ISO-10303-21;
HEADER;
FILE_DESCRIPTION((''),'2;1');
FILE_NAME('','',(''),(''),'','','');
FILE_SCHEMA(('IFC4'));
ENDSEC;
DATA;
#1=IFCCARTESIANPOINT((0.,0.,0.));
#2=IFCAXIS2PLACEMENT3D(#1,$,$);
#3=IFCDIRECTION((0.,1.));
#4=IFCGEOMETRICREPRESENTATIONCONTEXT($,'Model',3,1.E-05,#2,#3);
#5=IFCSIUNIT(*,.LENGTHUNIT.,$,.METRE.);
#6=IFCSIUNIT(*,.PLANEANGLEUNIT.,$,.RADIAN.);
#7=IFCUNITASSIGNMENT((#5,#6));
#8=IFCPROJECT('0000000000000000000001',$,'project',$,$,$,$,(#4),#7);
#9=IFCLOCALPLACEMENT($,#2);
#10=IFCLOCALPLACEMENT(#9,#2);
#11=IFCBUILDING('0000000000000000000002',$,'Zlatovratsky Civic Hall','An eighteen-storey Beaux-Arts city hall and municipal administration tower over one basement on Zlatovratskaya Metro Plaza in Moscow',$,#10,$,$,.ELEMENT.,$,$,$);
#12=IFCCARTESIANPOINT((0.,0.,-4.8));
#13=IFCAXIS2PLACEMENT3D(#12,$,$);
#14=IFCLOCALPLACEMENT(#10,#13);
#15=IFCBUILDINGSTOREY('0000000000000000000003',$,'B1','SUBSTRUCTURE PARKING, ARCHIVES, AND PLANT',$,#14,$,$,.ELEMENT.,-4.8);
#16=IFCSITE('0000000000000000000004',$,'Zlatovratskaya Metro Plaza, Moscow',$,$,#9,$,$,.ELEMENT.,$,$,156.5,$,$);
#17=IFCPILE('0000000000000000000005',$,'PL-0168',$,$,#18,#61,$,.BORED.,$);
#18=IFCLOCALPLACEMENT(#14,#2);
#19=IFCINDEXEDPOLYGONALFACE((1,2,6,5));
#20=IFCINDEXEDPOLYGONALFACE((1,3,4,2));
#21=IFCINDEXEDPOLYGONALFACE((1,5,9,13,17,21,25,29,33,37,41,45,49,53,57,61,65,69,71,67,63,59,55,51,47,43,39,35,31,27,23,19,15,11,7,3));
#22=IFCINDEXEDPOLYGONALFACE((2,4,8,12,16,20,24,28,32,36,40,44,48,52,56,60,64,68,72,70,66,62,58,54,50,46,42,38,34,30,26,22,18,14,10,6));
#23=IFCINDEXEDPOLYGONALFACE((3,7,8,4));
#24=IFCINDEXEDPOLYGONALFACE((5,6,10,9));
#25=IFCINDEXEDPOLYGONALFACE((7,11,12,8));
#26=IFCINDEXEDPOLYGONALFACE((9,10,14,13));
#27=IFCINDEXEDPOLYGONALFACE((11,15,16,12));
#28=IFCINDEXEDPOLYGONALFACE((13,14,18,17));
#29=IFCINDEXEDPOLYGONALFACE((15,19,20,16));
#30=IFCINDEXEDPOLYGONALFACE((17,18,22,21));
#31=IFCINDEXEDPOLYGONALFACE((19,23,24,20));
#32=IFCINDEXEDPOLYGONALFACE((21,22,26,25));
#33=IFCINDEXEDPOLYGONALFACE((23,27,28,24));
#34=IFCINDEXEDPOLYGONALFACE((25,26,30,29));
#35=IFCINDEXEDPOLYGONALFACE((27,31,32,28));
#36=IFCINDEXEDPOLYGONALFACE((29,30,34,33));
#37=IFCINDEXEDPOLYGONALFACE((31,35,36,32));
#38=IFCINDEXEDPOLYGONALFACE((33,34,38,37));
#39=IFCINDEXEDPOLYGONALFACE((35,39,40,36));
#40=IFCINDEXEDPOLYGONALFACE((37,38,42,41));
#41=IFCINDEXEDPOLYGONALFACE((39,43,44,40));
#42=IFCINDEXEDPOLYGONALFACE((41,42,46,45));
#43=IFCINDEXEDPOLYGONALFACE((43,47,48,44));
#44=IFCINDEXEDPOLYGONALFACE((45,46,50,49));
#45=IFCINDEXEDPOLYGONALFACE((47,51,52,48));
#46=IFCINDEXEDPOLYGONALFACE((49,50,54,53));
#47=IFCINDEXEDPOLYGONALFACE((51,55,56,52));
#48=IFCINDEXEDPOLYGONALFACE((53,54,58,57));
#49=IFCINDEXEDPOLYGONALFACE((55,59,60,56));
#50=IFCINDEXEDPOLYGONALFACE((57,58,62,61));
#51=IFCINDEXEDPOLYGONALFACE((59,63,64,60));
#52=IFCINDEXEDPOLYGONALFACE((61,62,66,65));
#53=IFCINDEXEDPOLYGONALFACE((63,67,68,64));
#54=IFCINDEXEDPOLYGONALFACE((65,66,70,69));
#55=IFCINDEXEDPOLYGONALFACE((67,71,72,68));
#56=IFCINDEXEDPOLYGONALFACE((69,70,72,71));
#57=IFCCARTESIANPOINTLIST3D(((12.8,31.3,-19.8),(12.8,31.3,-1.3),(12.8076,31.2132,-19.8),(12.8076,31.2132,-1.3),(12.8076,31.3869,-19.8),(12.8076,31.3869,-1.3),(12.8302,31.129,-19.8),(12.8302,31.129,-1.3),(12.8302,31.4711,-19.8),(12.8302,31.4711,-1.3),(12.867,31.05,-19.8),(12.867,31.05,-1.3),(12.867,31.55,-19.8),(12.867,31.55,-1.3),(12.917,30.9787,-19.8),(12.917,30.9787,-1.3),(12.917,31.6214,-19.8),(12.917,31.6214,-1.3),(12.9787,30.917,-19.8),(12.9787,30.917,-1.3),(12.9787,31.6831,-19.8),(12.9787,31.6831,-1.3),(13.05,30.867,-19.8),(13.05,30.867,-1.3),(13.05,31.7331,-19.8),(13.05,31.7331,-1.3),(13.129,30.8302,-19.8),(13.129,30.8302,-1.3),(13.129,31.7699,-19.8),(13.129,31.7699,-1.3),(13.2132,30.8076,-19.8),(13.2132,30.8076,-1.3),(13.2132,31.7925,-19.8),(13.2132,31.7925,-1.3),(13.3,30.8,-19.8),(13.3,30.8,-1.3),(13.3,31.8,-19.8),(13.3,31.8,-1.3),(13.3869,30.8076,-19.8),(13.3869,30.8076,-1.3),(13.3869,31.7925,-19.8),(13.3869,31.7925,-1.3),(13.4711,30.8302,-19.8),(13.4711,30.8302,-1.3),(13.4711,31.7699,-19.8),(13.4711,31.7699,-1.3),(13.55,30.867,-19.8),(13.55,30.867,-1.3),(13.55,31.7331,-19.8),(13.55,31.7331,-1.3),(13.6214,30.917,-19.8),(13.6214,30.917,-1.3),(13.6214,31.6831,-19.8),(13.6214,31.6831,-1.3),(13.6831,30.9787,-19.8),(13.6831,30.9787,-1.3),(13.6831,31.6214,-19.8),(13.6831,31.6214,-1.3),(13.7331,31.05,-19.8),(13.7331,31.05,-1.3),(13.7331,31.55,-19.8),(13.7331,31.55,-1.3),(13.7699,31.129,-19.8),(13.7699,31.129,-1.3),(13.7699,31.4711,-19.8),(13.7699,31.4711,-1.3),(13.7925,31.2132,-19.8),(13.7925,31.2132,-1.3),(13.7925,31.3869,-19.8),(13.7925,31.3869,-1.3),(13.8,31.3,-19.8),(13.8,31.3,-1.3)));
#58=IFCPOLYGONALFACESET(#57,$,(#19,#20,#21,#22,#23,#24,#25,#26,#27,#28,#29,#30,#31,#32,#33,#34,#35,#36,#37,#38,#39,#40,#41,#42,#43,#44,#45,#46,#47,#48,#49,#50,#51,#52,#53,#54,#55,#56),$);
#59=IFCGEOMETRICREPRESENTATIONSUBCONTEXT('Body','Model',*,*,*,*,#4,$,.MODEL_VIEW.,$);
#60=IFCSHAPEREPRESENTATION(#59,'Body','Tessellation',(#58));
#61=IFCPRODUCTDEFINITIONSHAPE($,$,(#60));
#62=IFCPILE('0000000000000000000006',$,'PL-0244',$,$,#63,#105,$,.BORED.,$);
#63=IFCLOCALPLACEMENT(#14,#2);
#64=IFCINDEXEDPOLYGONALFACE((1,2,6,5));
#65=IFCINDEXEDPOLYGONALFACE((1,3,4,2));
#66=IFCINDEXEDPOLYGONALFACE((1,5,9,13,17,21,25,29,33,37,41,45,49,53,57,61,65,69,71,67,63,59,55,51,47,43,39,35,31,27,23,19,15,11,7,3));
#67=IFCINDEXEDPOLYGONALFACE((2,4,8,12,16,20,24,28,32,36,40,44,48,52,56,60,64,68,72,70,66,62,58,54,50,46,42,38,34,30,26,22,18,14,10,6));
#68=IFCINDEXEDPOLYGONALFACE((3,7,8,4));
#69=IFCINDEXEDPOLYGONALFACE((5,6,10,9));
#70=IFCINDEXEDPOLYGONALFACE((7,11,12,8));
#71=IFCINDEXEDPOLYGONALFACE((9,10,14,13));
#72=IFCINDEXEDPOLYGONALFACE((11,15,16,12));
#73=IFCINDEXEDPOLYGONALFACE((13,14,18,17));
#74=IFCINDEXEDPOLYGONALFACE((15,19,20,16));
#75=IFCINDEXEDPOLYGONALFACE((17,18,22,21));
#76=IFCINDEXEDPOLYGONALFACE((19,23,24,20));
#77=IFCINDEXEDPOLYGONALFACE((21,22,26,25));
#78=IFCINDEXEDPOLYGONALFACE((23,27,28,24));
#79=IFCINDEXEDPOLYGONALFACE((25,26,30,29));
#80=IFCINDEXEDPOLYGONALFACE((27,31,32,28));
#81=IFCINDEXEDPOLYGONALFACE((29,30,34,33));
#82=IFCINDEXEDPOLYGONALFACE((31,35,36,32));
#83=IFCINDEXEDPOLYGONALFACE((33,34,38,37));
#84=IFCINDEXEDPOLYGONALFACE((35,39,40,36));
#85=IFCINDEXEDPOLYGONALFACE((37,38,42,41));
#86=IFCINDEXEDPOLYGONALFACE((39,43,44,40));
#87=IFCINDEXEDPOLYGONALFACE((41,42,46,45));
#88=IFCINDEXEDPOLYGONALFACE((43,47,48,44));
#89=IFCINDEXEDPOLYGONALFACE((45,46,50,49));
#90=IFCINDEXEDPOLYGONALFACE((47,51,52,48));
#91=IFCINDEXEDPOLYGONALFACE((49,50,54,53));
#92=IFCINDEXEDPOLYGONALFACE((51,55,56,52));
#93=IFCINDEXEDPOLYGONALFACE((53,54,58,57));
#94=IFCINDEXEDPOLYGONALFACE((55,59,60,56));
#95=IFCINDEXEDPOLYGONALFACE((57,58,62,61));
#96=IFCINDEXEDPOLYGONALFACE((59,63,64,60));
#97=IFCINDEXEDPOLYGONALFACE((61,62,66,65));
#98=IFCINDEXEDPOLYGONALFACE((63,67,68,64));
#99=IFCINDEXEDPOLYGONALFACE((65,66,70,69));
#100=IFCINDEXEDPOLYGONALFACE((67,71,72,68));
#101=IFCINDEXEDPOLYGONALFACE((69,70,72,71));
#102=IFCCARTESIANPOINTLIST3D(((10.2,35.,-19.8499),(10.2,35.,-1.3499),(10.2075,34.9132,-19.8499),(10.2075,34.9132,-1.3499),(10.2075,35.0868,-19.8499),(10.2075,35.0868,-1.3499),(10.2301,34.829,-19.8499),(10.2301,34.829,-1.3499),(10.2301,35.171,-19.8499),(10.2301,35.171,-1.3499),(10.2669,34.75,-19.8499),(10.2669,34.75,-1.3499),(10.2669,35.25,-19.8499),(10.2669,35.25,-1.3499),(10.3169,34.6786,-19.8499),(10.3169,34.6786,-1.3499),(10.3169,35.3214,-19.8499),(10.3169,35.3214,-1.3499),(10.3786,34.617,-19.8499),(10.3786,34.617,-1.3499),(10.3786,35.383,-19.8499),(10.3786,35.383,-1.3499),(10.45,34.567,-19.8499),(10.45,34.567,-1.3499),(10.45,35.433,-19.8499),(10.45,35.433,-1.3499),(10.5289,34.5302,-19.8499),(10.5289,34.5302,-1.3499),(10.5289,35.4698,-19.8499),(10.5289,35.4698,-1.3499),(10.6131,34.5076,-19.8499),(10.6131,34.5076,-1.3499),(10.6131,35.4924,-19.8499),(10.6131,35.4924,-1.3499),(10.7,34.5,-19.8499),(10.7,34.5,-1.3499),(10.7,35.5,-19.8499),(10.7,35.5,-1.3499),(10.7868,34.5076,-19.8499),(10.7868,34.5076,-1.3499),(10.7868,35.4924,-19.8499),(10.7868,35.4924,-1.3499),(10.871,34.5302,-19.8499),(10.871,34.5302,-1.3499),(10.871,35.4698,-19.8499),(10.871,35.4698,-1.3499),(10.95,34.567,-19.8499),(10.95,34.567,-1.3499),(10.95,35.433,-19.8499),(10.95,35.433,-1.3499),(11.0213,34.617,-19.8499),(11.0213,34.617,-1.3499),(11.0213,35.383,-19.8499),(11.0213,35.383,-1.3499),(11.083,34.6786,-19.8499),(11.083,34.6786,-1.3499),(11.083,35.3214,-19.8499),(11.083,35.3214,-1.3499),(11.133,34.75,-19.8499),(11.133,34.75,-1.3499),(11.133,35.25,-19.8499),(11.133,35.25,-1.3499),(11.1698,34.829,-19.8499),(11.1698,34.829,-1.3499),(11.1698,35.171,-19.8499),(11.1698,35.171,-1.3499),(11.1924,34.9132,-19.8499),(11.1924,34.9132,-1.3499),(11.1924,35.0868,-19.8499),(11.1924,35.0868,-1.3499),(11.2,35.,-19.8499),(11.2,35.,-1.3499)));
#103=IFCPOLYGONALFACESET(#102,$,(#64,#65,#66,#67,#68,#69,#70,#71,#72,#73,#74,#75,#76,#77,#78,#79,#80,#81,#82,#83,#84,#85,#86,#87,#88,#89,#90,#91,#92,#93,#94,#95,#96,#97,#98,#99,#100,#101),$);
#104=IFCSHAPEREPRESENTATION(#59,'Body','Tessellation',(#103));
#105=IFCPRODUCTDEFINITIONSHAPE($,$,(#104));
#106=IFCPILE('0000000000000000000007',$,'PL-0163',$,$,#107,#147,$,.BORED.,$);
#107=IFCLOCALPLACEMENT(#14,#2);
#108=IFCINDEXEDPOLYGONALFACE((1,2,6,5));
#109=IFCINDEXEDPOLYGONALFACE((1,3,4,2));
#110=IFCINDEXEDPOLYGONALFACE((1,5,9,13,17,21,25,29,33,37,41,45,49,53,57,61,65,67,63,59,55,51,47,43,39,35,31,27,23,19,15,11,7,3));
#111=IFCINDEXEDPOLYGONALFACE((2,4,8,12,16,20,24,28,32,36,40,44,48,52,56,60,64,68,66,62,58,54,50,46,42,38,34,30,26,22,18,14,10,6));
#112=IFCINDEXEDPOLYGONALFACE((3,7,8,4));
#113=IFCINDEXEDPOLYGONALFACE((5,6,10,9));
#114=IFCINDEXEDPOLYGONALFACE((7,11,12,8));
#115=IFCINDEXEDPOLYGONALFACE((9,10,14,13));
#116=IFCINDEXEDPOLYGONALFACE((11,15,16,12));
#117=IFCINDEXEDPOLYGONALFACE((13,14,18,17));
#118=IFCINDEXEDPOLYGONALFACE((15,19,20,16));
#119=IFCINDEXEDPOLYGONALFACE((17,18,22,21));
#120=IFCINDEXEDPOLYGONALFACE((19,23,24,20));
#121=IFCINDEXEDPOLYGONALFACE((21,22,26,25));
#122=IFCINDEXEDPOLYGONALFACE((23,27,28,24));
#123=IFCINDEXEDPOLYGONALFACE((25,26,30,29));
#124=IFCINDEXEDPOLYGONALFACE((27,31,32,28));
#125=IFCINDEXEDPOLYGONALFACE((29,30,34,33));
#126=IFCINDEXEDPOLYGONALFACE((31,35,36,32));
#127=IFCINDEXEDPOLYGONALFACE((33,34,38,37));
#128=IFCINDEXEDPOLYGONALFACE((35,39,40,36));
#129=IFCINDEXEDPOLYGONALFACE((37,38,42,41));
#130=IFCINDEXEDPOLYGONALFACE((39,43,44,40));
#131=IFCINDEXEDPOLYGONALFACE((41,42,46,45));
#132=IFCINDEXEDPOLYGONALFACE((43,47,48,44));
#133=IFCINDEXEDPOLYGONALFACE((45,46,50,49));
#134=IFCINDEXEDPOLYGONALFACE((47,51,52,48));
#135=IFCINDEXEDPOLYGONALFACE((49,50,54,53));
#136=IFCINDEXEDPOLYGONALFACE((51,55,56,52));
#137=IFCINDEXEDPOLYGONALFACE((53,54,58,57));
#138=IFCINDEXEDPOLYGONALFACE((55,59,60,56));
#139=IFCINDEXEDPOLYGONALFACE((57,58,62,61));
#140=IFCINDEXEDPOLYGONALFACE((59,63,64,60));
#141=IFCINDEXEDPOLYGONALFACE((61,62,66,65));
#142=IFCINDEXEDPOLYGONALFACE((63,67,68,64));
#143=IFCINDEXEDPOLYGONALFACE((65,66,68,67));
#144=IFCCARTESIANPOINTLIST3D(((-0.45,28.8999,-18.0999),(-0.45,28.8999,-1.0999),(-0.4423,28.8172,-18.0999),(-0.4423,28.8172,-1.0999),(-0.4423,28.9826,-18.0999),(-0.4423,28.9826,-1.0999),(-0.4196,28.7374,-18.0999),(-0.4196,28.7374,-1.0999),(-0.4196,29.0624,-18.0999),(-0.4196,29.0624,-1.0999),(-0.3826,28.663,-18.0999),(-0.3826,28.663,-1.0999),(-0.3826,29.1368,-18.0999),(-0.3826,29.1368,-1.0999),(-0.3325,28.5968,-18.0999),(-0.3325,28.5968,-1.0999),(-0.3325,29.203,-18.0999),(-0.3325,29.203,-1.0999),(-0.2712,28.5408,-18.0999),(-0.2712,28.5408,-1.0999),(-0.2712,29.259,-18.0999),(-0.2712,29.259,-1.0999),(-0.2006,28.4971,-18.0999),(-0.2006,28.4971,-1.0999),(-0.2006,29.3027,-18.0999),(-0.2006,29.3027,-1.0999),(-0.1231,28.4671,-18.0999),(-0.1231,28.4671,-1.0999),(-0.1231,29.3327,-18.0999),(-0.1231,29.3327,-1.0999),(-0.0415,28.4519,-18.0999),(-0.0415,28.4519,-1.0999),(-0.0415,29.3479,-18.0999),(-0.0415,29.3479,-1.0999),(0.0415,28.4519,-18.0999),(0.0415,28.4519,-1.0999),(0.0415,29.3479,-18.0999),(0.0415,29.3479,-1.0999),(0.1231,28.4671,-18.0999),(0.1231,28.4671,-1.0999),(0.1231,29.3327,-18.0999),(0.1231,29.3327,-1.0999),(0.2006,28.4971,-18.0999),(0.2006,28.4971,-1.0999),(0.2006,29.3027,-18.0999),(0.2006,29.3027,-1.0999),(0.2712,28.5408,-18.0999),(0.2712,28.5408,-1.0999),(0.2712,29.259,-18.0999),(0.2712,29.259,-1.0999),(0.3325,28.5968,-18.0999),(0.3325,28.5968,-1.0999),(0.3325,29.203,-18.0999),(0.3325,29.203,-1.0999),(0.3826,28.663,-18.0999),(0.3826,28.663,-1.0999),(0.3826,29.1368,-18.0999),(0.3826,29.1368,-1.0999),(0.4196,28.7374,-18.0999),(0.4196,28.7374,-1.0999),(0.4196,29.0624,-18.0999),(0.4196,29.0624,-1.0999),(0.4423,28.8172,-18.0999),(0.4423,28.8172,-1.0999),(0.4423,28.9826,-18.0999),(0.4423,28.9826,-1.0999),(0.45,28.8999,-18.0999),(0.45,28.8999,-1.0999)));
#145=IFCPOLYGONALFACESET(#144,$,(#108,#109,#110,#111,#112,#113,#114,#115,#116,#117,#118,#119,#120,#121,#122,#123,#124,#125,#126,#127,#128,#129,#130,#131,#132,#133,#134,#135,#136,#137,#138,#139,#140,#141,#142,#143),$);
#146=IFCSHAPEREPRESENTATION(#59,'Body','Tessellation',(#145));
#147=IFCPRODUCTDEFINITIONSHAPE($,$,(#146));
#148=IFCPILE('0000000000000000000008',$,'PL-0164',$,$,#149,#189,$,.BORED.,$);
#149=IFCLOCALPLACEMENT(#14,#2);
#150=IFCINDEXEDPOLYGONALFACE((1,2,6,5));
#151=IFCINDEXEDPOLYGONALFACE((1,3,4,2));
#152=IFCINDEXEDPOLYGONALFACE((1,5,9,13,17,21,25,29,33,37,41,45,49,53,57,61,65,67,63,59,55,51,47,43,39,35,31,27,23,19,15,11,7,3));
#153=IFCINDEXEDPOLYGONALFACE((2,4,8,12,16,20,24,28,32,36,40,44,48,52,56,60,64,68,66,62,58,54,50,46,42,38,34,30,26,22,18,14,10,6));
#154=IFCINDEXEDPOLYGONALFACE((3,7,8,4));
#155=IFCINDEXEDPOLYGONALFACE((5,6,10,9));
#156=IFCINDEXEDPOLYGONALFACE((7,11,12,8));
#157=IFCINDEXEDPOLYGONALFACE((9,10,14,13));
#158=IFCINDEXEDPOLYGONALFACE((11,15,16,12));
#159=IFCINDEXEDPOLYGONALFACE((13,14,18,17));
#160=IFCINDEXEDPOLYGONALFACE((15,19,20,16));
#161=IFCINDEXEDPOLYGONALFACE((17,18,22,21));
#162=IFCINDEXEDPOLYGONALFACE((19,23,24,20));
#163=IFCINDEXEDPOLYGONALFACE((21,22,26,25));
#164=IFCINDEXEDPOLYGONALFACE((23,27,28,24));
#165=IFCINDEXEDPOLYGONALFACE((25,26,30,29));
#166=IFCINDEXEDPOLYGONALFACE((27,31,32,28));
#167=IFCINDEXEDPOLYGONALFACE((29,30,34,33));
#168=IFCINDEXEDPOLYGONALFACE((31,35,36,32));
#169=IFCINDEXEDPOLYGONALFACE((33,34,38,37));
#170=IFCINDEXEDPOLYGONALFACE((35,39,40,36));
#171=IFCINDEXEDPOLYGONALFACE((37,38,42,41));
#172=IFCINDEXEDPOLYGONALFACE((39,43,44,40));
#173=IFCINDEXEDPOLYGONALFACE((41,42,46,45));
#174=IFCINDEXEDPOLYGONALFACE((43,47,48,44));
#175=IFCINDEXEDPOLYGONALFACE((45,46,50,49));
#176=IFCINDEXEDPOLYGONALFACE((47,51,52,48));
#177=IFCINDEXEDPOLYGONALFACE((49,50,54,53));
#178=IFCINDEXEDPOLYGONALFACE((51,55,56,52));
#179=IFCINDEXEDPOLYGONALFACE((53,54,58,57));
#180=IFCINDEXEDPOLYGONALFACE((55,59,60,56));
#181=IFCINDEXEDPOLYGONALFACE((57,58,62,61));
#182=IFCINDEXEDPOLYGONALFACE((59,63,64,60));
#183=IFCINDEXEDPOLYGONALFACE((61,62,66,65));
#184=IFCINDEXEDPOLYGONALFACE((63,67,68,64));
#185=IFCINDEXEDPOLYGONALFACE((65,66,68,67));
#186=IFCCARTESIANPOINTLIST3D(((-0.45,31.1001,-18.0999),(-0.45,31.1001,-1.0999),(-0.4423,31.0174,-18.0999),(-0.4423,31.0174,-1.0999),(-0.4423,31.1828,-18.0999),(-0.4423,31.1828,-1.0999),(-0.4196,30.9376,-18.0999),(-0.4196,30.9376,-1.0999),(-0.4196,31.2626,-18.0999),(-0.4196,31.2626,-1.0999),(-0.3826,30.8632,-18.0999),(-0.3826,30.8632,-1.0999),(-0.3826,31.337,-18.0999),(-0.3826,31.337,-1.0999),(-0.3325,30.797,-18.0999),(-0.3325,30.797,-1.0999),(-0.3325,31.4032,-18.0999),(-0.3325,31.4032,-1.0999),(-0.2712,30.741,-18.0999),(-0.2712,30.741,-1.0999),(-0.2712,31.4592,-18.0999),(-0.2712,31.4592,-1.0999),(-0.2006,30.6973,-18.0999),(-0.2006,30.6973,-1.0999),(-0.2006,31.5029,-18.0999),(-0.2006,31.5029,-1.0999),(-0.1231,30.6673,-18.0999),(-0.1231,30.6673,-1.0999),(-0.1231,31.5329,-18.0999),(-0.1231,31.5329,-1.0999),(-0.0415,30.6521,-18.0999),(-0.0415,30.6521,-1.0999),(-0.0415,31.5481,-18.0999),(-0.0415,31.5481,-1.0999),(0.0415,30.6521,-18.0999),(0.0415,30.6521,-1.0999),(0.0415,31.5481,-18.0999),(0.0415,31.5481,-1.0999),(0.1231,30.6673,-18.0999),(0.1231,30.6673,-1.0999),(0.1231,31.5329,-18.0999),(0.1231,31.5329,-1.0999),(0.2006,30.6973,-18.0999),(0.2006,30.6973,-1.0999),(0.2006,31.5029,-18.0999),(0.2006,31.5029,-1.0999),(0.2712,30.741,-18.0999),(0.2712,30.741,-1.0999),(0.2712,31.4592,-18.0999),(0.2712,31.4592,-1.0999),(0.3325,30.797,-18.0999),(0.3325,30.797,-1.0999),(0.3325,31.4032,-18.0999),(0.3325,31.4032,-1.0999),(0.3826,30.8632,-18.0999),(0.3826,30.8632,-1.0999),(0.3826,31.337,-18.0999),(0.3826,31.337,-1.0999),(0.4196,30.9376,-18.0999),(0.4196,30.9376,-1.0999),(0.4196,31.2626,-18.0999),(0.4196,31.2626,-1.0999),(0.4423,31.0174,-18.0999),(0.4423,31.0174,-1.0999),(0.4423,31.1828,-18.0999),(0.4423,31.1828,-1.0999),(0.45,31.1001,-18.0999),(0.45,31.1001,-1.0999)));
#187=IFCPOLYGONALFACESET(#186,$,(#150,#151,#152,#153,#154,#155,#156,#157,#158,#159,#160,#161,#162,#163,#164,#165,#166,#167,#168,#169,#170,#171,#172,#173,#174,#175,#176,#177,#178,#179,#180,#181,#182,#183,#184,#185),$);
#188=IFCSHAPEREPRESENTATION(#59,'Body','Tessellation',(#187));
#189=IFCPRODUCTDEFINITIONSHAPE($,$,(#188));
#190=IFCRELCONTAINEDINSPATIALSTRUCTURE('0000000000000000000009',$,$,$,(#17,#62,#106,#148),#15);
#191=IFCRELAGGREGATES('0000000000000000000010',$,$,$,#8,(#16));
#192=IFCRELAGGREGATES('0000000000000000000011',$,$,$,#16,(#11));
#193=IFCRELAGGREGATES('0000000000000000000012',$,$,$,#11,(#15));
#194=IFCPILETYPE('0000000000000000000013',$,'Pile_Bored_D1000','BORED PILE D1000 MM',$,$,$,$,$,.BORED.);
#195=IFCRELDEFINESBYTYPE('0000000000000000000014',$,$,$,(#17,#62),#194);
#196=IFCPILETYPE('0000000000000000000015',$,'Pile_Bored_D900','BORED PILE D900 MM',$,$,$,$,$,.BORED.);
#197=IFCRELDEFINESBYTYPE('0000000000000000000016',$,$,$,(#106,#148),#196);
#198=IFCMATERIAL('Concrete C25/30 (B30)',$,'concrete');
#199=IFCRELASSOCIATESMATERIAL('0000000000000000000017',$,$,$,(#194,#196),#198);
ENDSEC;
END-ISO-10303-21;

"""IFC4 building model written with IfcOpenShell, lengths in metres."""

from ifc_helpers import new_model, si_unit, direction, frame, origin, origin_2d, place, context, subcontext, project, spatial, circle, extrude, material, material_profile, profile_set, type_object, element, save


model = new_model("IFC4")

# Units and contexts
model_context = context("Model", 3, precision=1e-05, world=origin(), true_north=direction((0.0, 1.0)))
body_context = subcontext(model_context, "Body", "Model", "MODEL_VIEW")
ifc_project = project(units=[si_unit("LENGTHUNIT", "METRE"), si_unit("PLANEANGLEUNIT", "RADIAN")], contexts=[model_context])

# Site, building, storey
site_placement = place(None, origin())
site = spatial("IfcSite", under=ifc_project, at=site_placement, Name="Zlatovratskaya Metro Plaza, Moscow", CompositionType="ELEMENT", RefElevation=156.5)
building_placement = place(site_placement, origin())
building = spatial("IfcBuilding", under=site, at=building_placement, Name="Zlatovratsky Civic Hall", Description="An eighteen-storey Beaux-Arts city hall and municipal administration tower over one basement on Zlatovratskaya Metro Plaza in Moscow", CompositionType="ELEMENT")
storey_placement = place(building_placement, frame((0.0, 0.0, -4.8)))
storey = spatial("IfcBuildingStorey", under=building, at=storey_placement, Name="B1", Description="SUBSTRUCTURE PARKING, ARCHIVES, AND PLANT", CompositionType="ELEMENT", Elevation=-4.8)

# Shared definitions
ifc_material_1 = material(Name="Concrete C25/30 (B30)", Category="concrete")

# Piles
ifc_material_profile_1 = material_profile(ifc_material_1, circle(Radius=0.5, at=origin_2d()), Name="PILE D1000")
ifc_profile_set_1 = profile_set([ifc_material_profile_1], Name="Concrete C25/30 (B30)")
pile_type_1 = type_object("IfcPileType", Name="Pile_Bored_D1000", Description="BORED PILE D1000 MM", PredefinedType="BORED", material=ifc_profile_set_1)
for number, where, z_axis, x_axis, name in (
    (1, (13.3, 31.3, -1.3), (0.0, 0.0, -1.0), (1.0, 0.0, 0.0), "PL-0168"),
    (2, (10.7, 35.0, -1.3499), (0.0, 0.0, -1.0), (1.0, 0.0, 0.0), "PL-0244"),
):
    element("IfcPile", number, at=place(storey_placement, frame(where, z_axis=z_axis, x_axis=x_axis)), inside=storey, type_object=pile_type_1, Name=name, PredefinedType="BORED", context=body_context, shape_type="SweptSolid", body=[
        extrude(circle(Radius=0.5, at=origin_2d()), origin(), (0.0, 0.0, 1.0), 18.5),
    ])
ifc_material_profile_2 = material_profile(ifc_material_1, circle(Radius=0.45, at=origin_2d()), Name="PILE D900")
ifc_profile_set_2 = profile_set([ifc_material_profile_2], Name="Concrete C25/30 (B30)")
pile_type_2 = type_object("IfcPileType", Name="Pile_Bored_D900", Description="BORED PILE D900 MM", PredefinedType="BORED", material=ifc_profile_set_2)
for number, where, z_axis, x_axis, name in (
    (3, (0.0, 28.8999, -1.0999), (0.0, 0.0, -1.0), (1.0, 0.0, 0.0), "PL-0163"),
    (4, (0.0, 31.1001, -1.0999), (0.0, 0.0, -1.0), (1.0, 0.0, 0.0), "PL-0164"),
):
    element("IfcPile", number, at=place(storey_placement, frame(where, z_axis=z_axis, x_axis=x_axis)), inside=storey, type_object=pile_type_2, Name=name, PredefinedType="BORED", context=body_context, shape_type="SweptSolid", body=[
        extrude(circle(Radius=0.45, at=origin_2d()), origin(), (0.0, 0.0, 1.0), 17.0),
    ])

save(model, "model.ifc")
